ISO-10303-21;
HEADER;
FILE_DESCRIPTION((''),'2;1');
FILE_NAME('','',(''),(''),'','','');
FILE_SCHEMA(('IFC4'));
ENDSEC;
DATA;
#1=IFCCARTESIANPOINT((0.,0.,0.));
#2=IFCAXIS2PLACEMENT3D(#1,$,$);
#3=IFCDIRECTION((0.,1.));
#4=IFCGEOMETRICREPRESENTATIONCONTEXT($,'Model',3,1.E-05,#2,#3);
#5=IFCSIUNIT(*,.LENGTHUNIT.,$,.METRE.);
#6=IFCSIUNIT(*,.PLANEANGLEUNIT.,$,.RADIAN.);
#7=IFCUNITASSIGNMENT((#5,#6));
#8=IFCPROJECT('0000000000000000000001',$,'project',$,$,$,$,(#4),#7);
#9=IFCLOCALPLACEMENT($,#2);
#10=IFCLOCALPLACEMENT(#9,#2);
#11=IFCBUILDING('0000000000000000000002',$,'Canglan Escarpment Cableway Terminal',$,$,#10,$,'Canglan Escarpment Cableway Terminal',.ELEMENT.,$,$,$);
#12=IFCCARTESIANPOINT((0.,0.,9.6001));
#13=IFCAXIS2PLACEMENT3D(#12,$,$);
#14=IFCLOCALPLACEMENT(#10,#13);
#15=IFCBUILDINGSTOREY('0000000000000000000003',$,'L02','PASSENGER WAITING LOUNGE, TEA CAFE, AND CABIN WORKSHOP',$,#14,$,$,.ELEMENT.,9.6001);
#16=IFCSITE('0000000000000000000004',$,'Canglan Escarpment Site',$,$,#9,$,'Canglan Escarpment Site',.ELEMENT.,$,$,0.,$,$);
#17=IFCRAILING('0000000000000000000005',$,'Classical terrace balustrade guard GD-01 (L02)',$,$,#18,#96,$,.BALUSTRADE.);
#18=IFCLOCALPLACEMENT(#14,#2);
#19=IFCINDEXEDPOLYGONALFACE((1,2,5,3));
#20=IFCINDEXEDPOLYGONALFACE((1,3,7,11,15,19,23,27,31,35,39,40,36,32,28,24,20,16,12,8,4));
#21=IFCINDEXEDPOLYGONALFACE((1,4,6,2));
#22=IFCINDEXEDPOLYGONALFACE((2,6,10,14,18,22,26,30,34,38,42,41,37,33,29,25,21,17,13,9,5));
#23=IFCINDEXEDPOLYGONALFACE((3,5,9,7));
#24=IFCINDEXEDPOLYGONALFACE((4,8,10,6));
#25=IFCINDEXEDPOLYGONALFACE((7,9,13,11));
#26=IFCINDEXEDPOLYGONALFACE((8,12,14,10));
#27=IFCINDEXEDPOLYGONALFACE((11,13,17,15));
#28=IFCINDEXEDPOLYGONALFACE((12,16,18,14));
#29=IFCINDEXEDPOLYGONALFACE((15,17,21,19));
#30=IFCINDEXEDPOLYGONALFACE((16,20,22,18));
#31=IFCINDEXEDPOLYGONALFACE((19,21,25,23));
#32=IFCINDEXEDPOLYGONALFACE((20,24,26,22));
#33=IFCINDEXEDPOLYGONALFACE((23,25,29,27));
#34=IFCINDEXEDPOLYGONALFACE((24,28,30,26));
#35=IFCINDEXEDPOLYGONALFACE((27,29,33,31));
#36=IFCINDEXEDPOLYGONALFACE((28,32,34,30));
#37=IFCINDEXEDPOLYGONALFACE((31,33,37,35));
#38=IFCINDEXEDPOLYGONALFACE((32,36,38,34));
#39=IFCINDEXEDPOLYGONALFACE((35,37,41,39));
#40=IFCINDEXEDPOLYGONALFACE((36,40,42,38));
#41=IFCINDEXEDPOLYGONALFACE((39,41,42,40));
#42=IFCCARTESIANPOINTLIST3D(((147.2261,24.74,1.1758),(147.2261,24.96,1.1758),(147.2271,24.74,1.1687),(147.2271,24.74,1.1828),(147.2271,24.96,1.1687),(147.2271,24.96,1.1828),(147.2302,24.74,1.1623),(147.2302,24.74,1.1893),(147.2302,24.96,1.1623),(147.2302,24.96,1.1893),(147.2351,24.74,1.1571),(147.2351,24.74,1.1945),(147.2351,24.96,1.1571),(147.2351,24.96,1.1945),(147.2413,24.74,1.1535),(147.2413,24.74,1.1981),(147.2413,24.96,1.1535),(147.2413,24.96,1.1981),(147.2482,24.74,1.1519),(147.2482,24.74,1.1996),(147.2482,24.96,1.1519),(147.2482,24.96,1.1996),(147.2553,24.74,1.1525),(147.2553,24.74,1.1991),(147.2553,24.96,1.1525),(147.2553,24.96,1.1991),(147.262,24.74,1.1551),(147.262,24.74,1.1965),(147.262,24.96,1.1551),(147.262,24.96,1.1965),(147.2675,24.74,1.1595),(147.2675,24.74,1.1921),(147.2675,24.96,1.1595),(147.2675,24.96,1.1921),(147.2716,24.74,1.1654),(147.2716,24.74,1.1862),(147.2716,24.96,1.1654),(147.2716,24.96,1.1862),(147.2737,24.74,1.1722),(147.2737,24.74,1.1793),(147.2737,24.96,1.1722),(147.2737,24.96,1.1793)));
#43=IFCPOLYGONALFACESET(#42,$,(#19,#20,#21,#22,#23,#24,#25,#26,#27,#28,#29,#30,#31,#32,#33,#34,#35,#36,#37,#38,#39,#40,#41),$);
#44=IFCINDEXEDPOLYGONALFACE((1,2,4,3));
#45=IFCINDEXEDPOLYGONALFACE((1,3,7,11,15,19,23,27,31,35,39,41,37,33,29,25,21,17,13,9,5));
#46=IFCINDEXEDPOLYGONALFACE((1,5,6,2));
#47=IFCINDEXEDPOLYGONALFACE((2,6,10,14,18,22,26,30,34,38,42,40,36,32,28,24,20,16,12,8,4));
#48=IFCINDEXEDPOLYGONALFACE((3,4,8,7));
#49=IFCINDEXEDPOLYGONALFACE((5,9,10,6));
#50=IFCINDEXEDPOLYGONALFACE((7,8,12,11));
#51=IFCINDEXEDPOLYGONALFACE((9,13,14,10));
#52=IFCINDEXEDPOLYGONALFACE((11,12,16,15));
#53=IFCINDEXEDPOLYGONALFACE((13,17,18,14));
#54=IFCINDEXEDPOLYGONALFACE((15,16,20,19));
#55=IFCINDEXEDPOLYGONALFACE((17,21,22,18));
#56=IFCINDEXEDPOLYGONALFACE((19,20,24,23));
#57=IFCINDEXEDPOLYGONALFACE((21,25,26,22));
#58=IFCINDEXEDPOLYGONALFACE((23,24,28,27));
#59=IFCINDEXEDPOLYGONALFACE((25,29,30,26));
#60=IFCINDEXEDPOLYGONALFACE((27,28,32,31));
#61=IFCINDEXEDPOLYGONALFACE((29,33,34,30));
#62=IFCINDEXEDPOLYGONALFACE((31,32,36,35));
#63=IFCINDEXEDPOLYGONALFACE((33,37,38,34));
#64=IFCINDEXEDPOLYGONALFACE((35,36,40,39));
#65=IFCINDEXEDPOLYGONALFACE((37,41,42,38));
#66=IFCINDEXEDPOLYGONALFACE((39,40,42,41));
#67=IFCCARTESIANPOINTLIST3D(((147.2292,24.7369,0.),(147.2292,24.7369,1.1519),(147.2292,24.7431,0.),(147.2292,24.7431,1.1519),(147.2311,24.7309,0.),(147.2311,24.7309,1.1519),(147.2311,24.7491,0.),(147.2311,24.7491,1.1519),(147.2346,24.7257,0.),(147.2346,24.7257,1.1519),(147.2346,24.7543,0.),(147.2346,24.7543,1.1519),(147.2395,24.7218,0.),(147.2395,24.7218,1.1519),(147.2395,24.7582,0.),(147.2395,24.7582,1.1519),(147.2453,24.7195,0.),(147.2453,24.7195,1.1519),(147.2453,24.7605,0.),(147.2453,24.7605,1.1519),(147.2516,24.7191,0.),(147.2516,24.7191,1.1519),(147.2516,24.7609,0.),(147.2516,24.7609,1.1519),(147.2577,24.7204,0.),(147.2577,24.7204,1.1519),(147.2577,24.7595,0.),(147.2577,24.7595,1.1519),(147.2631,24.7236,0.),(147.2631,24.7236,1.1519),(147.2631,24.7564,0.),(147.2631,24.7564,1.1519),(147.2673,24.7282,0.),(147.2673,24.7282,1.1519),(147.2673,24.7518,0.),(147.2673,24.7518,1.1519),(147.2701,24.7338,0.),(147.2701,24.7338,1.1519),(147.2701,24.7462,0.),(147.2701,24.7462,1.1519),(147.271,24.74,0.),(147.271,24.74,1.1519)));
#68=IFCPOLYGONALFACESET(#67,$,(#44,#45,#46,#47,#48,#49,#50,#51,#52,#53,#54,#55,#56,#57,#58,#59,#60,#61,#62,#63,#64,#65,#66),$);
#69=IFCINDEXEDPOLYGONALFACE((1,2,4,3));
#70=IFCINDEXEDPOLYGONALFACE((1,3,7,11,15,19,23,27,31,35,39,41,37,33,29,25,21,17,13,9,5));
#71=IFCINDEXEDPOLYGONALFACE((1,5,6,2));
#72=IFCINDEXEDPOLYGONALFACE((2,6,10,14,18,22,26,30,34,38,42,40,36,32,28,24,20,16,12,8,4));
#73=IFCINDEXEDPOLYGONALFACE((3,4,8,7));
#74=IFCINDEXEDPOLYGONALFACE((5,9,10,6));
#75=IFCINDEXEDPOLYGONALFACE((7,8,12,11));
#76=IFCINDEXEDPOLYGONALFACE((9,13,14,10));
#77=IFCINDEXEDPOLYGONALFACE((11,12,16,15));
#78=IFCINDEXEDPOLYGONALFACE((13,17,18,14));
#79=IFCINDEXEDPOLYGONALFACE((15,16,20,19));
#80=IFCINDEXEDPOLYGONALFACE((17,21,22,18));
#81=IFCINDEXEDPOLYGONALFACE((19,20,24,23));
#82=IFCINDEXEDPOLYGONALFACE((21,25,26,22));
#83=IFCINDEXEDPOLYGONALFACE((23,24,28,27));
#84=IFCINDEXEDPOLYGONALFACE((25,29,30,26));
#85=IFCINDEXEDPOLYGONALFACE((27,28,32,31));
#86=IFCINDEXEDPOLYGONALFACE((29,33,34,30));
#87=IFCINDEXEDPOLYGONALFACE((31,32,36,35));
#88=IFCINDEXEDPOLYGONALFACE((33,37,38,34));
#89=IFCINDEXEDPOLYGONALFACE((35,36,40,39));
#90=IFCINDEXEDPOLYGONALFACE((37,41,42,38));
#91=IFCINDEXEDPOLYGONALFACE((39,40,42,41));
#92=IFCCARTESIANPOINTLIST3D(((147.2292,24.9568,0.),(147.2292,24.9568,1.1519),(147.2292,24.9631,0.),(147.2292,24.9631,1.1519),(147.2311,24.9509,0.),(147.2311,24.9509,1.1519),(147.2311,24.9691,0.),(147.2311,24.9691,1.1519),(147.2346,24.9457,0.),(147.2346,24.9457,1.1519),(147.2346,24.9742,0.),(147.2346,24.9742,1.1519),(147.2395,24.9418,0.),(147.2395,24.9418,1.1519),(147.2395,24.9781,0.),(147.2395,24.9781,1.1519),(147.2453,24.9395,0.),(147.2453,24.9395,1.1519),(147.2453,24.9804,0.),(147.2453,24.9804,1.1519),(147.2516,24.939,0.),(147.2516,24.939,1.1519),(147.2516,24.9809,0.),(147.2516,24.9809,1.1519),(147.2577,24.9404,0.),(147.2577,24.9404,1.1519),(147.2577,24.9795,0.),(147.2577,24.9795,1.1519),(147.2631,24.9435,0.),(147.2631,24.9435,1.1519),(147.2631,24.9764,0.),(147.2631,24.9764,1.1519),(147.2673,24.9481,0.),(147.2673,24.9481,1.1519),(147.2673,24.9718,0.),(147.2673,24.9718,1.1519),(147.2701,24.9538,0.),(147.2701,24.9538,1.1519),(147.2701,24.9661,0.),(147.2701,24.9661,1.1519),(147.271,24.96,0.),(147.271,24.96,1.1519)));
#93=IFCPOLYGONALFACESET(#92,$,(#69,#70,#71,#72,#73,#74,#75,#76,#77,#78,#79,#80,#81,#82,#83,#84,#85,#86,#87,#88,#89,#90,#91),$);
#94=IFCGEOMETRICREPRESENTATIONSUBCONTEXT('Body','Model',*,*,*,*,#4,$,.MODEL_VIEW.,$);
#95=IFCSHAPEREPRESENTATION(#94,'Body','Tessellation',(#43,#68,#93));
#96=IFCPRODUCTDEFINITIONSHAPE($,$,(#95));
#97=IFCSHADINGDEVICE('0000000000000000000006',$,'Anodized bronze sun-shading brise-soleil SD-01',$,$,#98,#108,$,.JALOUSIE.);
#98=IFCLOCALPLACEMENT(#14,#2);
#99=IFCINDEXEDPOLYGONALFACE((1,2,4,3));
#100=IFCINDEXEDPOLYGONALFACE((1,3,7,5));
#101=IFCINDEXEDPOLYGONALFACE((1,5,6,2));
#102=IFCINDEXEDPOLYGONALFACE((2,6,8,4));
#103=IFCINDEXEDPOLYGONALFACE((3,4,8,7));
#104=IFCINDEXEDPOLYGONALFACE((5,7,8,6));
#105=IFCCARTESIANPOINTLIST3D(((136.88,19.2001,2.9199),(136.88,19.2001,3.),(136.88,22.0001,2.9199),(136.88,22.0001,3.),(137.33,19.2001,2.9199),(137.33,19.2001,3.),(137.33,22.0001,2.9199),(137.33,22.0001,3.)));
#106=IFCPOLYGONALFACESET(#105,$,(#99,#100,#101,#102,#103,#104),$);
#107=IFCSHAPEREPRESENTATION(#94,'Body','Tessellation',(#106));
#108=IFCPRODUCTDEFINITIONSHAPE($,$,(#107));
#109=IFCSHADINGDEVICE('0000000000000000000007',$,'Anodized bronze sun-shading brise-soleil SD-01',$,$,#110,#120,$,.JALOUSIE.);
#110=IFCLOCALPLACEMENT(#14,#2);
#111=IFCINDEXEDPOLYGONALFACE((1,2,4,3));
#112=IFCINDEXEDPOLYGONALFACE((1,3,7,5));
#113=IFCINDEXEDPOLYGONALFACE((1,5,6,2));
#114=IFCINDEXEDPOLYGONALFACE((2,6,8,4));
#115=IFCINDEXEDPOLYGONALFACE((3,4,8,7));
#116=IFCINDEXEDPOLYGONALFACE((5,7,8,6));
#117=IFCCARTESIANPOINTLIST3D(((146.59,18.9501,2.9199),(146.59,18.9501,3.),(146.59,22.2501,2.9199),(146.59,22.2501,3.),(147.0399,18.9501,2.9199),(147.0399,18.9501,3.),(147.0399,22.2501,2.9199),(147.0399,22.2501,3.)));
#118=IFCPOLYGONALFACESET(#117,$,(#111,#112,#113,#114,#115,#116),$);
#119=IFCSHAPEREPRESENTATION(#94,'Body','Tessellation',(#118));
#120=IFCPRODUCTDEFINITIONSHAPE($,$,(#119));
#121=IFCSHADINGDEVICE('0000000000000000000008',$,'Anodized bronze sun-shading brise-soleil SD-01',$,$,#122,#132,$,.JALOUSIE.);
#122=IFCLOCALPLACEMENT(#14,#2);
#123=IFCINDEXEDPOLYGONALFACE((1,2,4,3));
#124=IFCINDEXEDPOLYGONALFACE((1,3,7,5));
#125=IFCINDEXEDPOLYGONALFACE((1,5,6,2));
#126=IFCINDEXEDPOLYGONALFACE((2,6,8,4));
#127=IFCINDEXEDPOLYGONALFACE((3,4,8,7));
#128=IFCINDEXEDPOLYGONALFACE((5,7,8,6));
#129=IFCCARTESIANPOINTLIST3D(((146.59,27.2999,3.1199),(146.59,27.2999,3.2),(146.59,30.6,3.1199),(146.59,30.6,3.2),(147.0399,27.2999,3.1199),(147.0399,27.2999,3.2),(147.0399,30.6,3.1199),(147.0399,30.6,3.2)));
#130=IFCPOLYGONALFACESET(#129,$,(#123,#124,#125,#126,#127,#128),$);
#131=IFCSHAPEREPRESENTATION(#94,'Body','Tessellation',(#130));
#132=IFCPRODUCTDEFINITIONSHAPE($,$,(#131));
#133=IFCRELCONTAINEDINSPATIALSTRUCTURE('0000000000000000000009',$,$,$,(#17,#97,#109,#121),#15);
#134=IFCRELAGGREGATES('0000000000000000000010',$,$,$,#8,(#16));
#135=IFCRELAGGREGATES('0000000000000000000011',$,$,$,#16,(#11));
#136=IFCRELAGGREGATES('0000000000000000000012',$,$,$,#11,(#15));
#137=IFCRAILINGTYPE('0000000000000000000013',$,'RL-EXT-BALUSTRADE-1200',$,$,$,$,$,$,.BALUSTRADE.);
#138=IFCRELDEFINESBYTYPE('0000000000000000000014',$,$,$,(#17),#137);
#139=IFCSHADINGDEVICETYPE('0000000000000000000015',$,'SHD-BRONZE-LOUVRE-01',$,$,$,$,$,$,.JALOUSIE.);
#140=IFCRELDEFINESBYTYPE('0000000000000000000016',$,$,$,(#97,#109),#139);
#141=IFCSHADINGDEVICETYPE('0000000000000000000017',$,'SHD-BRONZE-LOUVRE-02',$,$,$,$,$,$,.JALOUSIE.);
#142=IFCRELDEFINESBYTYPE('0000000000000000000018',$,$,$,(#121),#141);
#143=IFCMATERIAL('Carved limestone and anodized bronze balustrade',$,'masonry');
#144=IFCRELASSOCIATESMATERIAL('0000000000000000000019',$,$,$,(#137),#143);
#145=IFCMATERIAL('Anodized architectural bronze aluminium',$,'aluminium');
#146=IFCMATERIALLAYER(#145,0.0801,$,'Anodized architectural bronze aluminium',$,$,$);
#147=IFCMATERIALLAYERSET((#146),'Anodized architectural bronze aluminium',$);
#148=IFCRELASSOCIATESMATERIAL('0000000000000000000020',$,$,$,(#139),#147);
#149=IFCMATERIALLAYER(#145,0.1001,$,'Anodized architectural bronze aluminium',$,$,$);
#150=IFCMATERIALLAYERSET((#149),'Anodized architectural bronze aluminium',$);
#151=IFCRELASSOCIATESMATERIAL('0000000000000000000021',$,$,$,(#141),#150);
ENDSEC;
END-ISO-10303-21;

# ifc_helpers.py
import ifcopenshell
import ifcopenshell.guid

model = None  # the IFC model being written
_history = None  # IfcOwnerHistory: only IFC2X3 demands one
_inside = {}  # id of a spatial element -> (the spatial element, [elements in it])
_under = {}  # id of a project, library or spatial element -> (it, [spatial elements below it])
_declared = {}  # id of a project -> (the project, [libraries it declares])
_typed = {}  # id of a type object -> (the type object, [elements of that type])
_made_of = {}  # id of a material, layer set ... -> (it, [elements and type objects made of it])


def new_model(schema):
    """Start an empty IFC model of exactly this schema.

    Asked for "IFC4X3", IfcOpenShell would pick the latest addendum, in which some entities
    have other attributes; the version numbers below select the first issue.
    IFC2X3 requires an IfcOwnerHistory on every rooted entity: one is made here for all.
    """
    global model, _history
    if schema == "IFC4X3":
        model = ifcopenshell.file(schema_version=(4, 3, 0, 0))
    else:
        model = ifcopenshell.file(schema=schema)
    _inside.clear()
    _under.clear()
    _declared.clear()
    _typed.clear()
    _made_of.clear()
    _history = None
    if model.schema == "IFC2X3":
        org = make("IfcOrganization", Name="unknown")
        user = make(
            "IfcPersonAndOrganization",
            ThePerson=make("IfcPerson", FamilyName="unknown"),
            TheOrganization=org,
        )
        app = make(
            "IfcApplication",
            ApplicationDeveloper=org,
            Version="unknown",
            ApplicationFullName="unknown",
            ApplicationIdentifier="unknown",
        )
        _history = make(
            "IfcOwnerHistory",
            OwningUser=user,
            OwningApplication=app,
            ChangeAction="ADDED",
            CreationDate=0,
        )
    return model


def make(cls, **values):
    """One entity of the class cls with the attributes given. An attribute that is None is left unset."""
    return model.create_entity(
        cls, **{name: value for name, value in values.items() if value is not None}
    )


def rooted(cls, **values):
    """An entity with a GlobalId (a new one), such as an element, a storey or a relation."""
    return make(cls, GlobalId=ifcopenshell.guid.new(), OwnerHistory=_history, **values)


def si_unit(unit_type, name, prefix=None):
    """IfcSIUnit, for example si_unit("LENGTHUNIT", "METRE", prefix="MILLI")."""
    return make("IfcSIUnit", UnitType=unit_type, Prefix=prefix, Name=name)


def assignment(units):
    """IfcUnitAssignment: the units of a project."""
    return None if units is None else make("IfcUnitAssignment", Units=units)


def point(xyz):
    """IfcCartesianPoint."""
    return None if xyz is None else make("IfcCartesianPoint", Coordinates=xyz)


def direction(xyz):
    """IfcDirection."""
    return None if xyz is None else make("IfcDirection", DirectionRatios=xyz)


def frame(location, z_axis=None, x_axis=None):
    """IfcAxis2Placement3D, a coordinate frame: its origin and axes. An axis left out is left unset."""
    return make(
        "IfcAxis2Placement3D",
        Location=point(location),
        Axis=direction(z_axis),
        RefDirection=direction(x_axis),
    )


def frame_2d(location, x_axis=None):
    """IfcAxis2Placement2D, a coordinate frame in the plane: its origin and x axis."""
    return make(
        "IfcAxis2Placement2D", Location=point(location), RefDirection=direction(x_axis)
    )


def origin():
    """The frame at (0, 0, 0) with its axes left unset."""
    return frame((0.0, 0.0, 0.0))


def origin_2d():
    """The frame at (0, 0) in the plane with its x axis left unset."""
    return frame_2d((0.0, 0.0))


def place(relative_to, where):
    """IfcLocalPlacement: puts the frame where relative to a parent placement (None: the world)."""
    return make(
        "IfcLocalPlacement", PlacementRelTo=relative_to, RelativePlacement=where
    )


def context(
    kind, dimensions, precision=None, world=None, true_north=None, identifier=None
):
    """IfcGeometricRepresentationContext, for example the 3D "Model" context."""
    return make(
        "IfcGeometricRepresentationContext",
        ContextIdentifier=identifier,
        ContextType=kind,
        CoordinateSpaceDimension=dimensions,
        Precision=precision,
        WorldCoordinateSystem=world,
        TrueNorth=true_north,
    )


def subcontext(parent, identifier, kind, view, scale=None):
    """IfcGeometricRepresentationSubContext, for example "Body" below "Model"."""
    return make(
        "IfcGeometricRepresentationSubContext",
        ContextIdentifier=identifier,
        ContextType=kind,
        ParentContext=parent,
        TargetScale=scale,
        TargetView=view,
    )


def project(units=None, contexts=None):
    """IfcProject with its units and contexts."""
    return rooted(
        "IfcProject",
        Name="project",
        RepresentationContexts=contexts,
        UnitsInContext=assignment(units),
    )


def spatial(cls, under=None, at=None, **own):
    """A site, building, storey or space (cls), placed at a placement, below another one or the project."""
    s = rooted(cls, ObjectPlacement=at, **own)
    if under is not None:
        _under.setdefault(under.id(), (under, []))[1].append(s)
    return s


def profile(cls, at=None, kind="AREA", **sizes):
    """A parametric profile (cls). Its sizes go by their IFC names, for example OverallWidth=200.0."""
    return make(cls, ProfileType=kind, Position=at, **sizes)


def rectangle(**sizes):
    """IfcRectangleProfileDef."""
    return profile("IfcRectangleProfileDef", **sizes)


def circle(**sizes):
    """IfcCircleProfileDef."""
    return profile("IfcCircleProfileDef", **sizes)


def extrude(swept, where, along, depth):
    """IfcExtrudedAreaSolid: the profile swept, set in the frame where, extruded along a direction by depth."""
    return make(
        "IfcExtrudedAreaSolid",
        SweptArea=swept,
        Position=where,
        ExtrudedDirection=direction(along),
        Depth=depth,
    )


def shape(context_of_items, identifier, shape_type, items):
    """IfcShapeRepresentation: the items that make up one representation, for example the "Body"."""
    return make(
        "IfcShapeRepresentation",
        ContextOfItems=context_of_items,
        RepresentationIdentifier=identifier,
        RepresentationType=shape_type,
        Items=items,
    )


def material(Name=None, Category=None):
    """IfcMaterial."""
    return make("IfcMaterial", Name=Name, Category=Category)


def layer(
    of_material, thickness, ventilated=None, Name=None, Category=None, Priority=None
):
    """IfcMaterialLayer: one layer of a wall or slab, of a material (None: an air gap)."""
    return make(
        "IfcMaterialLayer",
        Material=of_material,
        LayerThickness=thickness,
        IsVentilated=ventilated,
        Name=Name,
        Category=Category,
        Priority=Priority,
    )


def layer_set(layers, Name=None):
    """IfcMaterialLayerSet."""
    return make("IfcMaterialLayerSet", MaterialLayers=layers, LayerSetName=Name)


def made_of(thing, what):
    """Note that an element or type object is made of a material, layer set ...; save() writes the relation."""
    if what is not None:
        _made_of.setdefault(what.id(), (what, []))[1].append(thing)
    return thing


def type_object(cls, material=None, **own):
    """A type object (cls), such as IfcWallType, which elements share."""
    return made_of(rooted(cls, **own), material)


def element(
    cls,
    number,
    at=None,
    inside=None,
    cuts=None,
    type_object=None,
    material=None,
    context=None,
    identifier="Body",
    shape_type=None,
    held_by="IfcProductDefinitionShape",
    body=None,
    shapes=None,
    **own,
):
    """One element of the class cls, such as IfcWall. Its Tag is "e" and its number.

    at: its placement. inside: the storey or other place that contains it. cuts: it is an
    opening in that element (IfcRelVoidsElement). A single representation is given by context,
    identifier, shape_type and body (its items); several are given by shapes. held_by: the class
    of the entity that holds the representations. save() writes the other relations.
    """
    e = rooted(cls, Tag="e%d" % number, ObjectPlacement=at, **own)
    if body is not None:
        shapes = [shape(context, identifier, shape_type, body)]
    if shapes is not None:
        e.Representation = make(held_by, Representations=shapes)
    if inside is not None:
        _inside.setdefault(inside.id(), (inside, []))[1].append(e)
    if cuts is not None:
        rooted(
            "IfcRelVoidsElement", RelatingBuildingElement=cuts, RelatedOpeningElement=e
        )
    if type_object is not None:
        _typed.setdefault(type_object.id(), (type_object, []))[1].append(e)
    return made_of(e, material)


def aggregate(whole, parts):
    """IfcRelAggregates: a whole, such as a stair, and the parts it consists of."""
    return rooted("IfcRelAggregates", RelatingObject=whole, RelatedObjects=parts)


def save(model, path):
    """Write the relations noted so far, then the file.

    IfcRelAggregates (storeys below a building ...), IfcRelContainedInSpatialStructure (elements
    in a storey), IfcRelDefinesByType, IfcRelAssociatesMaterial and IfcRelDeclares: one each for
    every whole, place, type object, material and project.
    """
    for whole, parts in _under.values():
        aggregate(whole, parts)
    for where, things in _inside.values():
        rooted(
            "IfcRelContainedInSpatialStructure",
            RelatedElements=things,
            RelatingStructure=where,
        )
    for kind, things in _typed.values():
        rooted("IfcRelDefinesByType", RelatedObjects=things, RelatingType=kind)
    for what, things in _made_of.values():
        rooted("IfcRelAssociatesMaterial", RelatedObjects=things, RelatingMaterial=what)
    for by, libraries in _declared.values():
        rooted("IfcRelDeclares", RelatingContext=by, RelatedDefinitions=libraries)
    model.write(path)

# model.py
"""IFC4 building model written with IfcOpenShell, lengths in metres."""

from ifc_helpers import new_model, si_unit, direction, frame, origin, origin_2d, place, context, subcontext, project, spatial, rectangle, circle, extrude, material, layer, layer_set, type_object, element, save


model = new_model("IFC4")

# Units and contexts
model_context = context("Model", 3, precision=1e-05, world=origin(), true_north=direction((0.0, 1.0)))
body_context = subcontext(model_context, "Body", "Model", "MODEL_VIEW")
ifc_project = project(units=[si_unit("LENGTHUNIT", "METRE"), si_unit("PLANEANGLEUNIT", "RADIAN")], contexts=[model_context])

# Site, building, storey
site_placement = place(None, origin())
site = spatial("IfcSite", under=ifc_project, at=site_placement, Name="Canglan Escarpment Site", LongName="Canglan Escarpment Site", CompositionType="ELEMENT", RefElevation=0.0)
building_placement = place(site_placement, origin())
building = spatial("IfcBuilding", under=site, at=building_placement, Name="Canglan Escarpment Cableway Terminal", LongName="Canglan Escarpment Cableway Terminal", CompositionType="ELEMENT")
storey_placement = place(building_placement, frame((0.0, 0.0, 9.6001)))
storey = spatial("IfcBuildingStorey", under=building, at=storey_placement, Name="L02", Description="PASSENGER WAITING LOUNGE, TEA CAFE, AND CABIN WORKSHOP", CompositionType="ELEMENT", Elevation=9.6001)

# Railing
ifc_material_1 = material(Name="Carved limestone and anodized bronze balustrade", Category="masonry")
railing_type = type_object("IfcRailingType", Name="RL-EXT-BALUSTRADE-1200", PredefinedType="BALUSTRADE", material=ifc_material_1)
railing_1_placement = place(storey_placement, frame((147.25, 24.74, 0.0)))
element("IfcRailing", 1, at=railing_1_placement, inside=storey, type_object=railing_type, Name="Classical terrace balustrade guard GD-01 (L02)", PredefinedType="BALUSTRADE", context=body_context, shape_type="SweptSolid", body=[
    extrude(circle(Radius=0.0239, at=origin_2d()), frame((0.0, 0.0, 1.1758), z_axis=(0.0, 1.0, 0.0), x_axis=(-1.0, 0.0, 0.0)), (0.0, 0.0, 1.0), 0.22),
    extrude(circle(Radius=0.021, at=origin_2d()), origin(), (0.0, 0.0, 1.0), 1.1519),
    extrude(circle(Radius=0.021, at=origin_2d()), frame((0.0, 0.22, 0.0)), (0.0, 0.0, 1.0), 1.1519),
])

# Shading devices
ifc_material_2 = material(Name="Anodized architectural bronze aluminium", Category="aluminium")
ifc_layer_1 = layer(ifc_material_2, 0.0801, Name="Anodized architectural bronze aluminium")
ifc_layer_set_1 = layer_set([ifc_layer_1], Name="Anodized architectural bronze aluminium")
shading_device_type_1 = type_object("IfcShadingDeviceType", Name="SHD-BRONZE-LOUVRE-01", PredefinedType="JALOUSIE", material=ifc_layer_set_1)
shading_device_1_placement = place(storey_placement, frame((137.105, 20.6001, 2.9199), z_axis=(0.0, 0.0, 1.0), x_axis=(0.0, 1.0, 0.0)))
element("IfcShadingDevice", 2, at=shading_device_1_placement, inside=storey, type_object=shading_device_type_1, Name="Anodized bronze sun-shading brise-soleil SD-01", PredefinedType="JALOUSIE", context=body_context, shape_type="SweptSolid", body=[
    extrude(rectangle(XDim=2.8, YDim=0.45, at=origin_2d()), origin(), (0.0, 0.0, 1.0), 0.0801),
])
shading_device_2_placement = place(storey_placement, frame((146.8149, 20.6001, 2.9199), z_axis=(0.0, 0.0, 1.0), x_axis=(0.0, -1.0, 0.0)))
element("IfcShadingDevice", 3, at=shading_device_2_placement, inside=storey, type_object=shading_device_type_1, Name="Anodized bronze sun-shading brise-soleil SD-01", PredefinedType="JALOUSIE", context=body_context, shape_type="SweptSolid", body=[
    extrude(rectangle(XDim=3.3, YDim=0.45, at=origin_2d()), origin(), (0.0, 0.0, 1.0), 0.0801),
])
ifc_layer_2 = layer(ifc_material_2, 0.1001, Name="Anodized architectural bronze aluminium")
ifc_layer_set_2 = layer_set([ifc_layer_2], Name="Anodized architectural bronze aluminium")
shading_device_type_2 = type_object("IfcShadingDeviceType", Name="SHD-BRONZE-LOUVRE-02", PredefinedType="JALOUSIE", material=ifc_layer_set_2)
shading_device_3_placement = place(storey_placement, frame((146.8149, 28.95, 3.1199), z_axis=(0.0, 0.0, 1.0), x_axis=(0.0, -1.0, 0.0)))
element("IfcShadingDevice", 4, at=shading_device_3_placement, inside=storey, type_object=shading_device_type_2, Name="Anodized bronze sun-shading brise-soleil SD-01", PredefinedType="JALOUSIE", context=body_context, shape_type="SweptSolid", body=[
    extrude(rectangle(XDim=3.3, YDim=0.45, at=origin_2d()), origin(), (0.0, 0.0, 1.0), 0.0801),
])

save(model, "model.ifc")
